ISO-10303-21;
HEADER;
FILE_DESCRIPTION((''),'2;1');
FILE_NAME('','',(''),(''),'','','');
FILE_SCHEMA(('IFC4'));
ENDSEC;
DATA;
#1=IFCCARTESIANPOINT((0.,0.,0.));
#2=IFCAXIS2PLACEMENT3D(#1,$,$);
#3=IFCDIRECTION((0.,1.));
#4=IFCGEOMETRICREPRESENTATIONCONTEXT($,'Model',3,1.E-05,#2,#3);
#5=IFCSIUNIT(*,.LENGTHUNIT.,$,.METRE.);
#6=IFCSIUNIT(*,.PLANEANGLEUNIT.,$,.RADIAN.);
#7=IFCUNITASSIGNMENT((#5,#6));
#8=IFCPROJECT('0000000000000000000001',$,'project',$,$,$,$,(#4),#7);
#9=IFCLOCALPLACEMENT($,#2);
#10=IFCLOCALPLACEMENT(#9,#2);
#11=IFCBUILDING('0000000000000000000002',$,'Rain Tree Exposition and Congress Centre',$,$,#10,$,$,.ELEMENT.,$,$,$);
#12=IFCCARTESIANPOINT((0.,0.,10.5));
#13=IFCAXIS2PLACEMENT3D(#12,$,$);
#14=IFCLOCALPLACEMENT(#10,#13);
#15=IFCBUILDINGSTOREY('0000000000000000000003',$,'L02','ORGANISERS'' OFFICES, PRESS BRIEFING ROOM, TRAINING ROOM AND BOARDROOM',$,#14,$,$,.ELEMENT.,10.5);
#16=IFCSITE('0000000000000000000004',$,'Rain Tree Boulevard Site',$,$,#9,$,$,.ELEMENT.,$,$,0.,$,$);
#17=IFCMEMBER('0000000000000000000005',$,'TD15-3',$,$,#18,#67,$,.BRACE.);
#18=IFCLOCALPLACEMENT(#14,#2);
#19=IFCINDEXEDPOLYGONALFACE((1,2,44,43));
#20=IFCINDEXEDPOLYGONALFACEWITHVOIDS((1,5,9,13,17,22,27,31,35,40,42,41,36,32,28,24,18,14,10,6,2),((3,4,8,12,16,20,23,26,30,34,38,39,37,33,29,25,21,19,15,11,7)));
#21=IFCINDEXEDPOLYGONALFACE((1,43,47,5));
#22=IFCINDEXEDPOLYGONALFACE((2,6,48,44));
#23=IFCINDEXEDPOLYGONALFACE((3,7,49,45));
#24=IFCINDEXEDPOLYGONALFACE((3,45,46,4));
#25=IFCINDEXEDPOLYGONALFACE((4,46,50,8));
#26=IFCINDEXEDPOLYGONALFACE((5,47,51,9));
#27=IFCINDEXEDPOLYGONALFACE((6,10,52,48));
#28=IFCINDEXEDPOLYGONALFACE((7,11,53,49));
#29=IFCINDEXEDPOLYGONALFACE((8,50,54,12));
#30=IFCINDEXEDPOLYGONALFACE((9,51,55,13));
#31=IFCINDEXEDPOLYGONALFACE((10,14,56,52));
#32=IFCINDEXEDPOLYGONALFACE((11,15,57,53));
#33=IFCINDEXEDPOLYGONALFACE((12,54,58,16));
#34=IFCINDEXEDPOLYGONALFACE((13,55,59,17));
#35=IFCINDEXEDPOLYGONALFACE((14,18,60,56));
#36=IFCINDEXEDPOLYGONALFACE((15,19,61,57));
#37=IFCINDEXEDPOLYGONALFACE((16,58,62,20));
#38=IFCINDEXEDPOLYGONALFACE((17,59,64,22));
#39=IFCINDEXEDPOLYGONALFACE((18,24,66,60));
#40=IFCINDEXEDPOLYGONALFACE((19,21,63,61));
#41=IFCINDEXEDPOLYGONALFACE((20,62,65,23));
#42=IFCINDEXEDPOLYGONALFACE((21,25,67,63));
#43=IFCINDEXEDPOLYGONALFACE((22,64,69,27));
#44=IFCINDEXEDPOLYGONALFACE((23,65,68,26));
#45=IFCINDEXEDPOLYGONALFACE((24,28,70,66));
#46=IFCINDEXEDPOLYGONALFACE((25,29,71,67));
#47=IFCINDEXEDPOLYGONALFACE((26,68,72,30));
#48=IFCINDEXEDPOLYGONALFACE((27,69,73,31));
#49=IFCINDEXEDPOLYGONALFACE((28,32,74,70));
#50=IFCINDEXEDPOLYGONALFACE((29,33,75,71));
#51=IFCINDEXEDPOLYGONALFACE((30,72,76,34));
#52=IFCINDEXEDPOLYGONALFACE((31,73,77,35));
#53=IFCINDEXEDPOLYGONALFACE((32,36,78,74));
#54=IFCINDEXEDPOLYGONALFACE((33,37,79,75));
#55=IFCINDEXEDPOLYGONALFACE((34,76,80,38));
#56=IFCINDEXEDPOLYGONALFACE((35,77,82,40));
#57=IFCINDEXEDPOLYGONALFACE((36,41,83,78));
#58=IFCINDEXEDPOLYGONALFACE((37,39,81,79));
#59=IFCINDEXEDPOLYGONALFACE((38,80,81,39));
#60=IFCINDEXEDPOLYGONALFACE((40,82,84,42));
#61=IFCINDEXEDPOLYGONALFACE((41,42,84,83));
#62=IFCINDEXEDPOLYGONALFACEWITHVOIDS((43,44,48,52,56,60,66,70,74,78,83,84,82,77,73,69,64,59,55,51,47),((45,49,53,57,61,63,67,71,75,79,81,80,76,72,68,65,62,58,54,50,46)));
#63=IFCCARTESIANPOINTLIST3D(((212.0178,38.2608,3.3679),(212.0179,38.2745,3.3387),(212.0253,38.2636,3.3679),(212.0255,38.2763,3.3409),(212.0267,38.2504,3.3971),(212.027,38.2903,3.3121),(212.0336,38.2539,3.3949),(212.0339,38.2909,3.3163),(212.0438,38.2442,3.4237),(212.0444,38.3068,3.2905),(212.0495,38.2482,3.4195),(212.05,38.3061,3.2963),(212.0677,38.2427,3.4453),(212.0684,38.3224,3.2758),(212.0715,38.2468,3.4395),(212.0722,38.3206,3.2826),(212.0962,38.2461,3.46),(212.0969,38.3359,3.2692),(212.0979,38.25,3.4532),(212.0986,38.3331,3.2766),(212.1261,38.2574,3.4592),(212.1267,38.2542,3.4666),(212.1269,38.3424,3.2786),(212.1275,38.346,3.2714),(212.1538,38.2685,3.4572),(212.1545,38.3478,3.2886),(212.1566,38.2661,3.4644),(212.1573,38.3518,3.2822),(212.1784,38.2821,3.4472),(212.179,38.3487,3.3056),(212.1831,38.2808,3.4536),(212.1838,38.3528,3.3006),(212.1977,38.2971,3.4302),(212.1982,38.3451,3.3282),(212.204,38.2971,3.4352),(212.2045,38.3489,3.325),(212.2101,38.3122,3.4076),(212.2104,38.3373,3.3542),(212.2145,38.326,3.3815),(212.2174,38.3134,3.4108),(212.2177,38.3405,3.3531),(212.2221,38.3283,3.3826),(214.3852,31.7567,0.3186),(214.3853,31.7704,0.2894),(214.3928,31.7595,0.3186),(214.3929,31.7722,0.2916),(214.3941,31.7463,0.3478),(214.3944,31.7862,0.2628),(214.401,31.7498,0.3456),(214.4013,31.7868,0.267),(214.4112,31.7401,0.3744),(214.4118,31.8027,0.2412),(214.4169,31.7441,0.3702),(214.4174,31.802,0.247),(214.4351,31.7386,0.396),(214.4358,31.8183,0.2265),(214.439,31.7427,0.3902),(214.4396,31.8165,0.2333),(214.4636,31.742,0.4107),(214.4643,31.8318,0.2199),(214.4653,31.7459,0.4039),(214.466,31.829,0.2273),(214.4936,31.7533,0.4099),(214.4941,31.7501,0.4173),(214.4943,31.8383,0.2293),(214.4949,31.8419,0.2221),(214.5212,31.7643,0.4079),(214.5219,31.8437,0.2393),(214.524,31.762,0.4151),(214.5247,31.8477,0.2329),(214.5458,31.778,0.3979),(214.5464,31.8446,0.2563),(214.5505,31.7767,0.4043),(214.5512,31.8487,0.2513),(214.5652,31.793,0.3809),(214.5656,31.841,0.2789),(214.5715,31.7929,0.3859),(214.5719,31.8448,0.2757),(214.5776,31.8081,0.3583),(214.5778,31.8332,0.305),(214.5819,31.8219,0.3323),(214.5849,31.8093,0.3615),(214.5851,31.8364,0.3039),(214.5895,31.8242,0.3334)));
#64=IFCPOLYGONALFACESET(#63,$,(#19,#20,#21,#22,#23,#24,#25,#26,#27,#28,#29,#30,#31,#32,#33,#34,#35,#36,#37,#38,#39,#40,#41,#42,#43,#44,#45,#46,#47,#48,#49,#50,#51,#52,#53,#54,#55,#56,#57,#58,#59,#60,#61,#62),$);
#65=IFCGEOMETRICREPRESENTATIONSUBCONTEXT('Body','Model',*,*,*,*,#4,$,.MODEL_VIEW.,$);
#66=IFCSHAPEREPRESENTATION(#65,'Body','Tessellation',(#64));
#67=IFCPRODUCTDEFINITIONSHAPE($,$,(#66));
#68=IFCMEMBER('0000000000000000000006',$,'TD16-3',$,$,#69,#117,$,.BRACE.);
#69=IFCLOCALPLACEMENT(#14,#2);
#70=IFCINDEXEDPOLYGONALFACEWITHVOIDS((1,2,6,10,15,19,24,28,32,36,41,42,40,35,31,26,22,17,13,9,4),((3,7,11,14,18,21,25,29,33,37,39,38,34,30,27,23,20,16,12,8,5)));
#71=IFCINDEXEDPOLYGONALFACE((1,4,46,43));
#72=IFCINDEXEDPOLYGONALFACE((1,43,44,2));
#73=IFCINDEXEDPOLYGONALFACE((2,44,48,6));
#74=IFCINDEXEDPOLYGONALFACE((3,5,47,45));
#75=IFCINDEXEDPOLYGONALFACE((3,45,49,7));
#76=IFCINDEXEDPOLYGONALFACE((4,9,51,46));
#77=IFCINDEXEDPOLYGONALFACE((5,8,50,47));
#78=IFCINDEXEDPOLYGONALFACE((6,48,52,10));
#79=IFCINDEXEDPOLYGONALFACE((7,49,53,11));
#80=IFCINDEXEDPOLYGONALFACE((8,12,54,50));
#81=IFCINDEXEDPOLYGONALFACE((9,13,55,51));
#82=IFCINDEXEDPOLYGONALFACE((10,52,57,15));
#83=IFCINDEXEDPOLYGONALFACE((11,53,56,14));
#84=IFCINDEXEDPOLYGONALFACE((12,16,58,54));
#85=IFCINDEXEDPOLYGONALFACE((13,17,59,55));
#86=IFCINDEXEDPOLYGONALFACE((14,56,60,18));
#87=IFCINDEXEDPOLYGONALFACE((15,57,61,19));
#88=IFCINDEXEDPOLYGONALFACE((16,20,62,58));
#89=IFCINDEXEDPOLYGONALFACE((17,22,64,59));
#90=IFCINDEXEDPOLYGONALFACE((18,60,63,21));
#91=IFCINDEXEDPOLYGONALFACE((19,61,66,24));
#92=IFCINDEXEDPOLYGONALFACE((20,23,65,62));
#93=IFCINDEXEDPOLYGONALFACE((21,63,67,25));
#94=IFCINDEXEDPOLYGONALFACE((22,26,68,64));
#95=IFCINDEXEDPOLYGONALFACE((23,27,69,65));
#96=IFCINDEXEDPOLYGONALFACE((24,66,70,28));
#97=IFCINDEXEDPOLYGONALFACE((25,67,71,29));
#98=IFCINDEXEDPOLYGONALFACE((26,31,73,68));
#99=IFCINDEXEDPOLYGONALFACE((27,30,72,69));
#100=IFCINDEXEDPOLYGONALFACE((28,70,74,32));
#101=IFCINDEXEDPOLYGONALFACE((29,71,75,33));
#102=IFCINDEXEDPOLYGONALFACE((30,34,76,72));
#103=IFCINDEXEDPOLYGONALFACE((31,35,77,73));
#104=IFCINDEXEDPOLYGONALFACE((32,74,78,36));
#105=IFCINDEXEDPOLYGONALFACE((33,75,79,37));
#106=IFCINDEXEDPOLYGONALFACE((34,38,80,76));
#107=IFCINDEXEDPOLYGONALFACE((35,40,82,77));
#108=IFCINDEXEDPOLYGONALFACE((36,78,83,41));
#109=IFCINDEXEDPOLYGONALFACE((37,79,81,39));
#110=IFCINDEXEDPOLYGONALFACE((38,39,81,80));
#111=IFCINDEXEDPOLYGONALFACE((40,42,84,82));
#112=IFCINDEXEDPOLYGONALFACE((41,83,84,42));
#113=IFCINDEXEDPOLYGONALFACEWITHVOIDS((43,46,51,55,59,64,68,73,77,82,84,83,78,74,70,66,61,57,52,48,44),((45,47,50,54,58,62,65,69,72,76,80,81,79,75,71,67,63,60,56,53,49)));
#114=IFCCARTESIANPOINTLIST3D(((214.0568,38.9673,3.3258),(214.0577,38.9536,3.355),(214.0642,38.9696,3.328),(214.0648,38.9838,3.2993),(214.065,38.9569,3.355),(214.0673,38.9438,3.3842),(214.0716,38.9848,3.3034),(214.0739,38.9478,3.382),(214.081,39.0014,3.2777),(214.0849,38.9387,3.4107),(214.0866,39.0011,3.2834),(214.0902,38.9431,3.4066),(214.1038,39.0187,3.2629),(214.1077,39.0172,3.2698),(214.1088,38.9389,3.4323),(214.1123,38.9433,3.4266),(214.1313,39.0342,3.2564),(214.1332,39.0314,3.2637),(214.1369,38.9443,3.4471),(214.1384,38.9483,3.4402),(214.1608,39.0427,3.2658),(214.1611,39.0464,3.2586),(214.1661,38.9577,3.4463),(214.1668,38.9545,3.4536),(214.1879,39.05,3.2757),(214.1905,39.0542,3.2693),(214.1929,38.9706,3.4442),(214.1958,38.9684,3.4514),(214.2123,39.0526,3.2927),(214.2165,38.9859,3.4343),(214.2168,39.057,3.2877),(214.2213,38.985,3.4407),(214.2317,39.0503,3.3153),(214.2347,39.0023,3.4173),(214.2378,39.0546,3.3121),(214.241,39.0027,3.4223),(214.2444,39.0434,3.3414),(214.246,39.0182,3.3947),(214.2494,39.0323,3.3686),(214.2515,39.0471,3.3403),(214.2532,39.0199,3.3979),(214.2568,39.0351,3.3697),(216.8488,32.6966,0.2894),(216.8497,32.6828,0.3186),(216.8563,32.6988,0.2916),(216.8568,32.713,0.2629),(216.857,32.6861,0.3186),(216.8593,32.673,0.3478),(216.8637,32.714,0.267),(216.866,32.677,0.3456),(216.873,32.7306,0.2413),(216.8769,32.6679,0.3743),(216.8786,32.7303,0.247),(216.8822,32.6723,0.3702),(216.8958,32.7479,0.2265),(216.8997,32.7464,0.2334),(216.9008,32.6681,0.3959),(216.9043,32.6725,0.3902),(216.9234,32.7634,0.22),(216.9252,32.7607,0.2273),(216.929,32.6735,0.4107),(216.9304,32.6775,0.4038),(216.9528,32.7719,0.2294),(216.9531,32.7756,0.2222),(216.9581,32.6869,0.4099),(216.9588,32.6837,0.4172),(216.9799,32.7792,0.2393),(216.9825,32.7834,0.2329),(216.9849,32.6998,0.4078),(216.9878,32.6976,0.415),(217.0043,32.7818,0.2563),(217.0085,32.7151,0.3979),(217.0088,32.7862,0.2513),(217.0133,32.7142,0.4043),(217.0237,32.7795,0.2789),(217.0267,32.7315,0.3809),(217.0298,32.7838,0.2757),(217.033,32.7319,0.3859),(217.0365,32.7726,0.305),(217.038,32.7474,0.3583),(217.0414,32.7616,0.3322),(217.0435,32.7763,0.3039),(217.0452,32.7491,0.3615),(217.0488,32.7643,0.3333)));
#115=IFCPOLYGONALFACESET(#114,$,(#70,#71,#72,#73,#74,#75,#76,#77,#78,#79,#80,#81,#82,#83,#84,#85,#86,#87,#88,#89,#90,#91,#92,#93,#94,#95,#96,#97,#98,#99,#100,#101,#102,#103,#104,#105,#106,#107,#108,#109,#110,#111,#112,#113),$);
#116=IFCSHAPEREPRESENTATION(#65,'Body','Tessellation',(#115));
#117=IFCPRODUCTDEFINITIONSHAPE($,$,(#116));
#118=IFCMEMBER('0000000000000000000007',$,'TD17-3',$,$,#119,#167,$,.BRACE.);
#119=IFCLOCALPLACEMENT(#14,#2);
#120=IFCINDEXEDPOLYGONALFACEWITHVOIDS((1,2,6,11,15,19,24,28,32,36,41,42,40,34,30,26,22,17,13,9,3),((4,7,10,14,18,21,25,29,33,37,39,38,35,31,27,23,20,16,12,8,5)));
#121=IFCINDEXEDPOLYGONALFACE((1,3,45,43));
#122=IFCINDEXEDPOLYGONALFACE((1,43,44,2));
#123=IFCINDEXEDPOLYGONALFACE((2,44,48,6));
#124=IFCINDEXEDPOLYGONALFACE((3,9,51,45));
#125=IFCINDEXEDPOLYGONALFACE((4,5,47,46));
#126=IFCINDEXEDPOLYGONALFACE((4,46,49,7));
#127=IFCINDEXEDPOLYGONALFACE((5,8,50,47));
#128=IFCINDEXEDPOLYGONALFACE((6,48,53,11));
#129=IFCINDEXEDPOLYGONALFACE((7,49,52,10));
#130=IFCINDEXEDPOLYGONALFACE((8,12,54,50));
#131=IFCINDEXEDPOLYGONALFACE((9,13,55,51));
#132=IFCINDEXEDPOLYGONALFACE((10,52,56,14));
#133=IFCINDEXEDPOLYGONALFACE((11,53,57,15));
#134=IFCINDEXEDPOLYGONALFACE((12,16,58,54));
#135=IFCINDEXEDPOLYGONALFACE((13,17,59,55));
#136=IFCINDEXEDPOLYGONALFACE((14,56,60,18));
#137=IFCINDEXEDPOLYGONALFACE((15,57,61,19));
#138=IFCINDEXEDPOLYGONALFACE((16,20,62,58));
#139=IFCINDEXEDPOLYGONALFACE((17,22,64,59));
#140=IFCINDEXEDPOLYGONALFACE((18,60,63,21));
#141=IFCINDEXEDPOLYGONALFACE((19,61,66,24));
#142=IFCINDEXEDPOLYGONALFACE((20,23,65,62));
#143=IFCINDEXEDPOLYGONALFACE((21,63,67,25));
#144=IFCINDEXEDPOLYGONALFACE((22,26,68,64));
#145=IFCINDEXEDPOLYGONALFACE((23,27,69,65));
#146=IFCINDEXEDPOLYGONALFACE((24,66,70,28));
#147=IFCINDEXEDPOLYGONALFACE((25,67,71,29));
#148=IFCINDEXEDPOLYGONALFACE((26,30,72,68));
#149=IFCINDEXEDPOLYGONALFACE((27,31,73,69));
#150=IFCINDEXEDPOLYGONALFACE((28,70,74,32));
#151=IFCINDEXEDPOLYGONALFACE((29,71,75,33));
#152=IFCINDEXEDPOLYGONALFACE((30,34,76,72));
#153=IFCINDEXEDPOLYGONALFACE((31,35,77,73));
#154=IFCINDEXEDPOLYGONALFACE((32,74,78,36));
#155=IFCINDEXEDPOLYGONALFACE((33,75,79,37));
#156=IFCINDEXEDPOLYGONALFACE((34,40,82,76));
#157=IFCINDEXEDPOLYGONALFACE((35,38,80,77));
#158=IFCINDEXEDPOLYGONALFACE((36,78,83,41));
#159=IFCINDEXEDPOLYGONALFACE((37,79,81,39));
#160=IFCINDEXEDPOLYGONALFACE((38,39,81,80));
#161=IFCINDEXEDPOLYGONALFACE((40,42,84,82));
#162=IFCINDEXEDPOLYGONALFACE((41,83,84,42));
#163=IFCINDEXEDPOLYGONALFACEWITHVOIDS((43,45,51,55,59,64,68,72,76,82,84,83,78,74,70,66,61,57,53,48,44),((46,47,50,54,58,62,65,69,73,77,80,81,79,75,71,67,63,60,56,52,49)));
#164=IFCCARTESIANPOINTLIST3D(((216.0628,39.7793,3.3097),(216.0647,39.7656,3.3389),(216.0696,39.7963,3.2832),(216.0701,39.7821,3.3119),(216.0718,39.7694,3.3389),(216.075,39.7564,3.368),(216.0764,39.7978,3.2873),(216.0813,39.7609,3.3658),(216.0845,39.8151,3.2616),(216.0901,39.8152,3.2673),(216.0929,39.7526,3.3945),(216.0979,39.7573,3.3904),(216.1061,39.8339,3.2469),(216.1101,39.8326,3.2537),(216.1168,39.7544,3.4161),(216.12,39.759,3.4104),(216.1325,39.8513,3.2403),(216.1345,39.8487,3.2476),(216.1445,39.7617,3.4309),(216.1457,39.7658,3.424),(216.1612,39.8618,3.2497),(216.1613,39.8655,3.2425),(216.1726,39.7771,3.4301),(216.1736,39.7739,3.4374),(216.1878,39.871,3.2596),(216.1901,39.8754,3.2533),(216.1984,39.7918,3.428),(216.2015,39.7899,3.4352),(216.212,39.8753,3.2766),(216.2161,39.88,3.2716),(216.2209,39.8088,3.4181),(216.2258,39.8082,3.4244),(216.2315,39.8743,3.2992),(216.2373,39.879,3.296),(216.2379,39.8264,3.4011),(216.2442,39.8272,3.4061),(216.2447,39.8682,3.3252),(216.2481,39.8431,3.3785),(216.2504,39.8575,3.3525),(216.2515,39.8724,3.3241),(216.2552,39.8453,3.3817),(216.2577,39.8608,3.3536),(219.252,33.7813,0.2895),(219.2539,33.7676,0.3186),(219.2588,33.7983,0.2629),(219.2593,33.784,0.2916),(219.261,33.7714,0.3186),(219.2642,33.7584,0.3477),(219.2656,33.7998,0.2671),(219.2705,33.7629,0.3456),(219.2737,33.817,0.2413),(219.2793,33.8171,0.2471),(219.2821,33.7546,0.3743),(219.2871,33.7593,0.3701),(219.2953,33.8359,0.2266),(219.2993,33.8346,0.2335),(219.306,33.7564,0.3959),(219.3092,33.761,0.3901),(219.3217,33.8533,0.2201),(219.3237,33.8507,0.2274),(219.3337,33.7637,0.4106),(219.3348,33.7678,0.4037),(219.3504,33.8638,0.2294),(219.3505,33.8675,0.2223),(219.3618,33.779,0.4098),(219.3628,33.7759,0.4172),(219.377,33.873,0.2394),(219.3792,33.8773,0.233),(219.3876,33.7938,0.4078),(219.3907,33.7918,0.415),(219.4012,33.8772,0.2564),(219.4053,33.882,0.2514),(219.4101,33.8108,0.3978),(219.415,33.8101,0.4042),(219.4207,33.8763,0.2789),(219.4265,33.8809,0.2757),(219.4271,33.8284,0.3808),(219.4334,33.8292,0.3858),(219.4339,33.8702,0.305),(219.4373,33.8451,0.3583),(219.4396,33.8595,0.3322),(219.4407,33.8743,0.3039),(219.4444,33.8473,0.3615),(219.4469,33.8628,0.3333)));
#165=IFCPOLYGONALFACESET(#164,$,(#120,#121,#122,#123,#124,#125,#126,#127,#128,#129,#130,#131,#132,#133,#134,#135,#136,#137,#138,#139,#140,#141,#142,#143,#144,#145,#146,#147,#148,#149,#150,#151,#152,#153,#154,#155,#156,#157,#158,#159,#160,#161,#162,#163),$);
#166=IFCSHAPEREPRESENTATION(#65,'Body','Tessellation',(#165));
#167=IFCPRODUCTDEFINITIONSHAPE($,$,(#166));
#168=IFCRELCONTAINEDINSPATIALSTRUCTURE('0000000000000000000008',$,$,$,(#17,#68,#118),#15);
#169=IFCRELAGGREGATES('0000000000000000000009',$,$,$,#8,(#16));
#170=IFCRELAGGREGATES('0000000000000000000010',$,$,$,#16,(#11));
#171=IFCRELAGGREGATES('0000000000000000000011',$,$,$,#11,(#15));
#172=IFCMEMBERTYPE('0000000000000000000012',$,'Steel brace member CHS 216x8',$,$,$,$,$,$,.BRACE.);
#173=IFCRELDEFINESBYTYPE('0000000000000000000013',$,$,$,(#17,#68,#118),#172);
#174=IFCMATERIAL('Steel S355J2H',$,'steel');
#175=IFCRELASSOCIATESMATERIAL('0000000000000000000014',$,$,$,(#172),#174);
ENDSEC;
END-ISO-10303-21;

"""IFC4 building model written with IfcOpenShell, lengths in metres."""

from ifc_helpers import new_model, si_unit, direction, frame, origin, origin_2d, place, context, subcontext, project, spatial, hollow_circle, extrude, material, material_profile, profile_set, type_object, element, save


model = new_model("IFC4")

# Units and contexts
model_context = context("Model", 3, precision=1e-05, world=origin(), true_north=direction((0.0, 1.0)))
body_context = subcontext(model_context, "Body", "Model", "MODEL_VIEW")
ifc_project = project(units=[si_unit("LENGTHUNIT", "METRE"), si_unit("PLANEANGLEUNIT", "RADIAN")], contexts=[model_context])

# Site, building, storey
site_placement = place(None, origin())
site = spatial("IfcSite", under=ifc_project, at=site_placement, Name="Rain Tree Boulevard Site", CompositionType="ELEMENT", RefElevation=0.0)
building_placement = place(site_placement, origin())
building = spatial("IfcBuilding", under=site, at=building_placement, Name="Rain Tree Exposition and Congress Centre", CompositionType="ELEMENT")
storey_placement = place(building_placement, frame((0.0, 0.0, 10.5)))
storey = spatial("IfcBuildingStorey", under=building, at=storey_placement, Name="L02", Description="ORGANISERS' OFFICES, PRESS BRIEFING ROOM, TRAINING ROOM AND BOARDROOM", CompositionType="ELEMENT", Elevation=10.5)

# Members
ifc_material_1 = material(Name="Steel S355J2H", Category="steel")
ifc_material_profile_1 = material_profile(ifc_material_1, hollow_circle(Radius=0.1082, WallThickness=0.0081, at=origin_2d()), Name="CHS 216x8")
ifc_profile_set_1 = profile_set([ifc_material_profile_1], Name="Steel S355J2H")
member_type_1 = type_object("IfcMemberType", Name="Steel brace member CHS 216x8", PredefinedType="BRACE", material=ifc_profile_set_1)
member_1_placement = place(storey_placement, frame((214.4868, 31.7937, 0.3186), z_axis=(-0.313006, 0.859935, 0.40316), x_axis=(-0.939687, -0.342035, 0.0)))
element("IfcMember", 1, at=member_1_placement, inside=storey, type_object=member_type_1, Name="TD15-3", PredefinedType="BRACE", context=body_context, shape_type="SweptSolid", body=[
    extrude(hollow_circle(Radius=0.1082, WallThickness=0.0081, at=origin_2d()), origin(), (0.0, 0.0, 1.0), 7.5635),
])
member_2_placement = place(storey_placement, frame((216.9485, 32.7268, 0.3186), z_axis=(-0.371978, 0.835453, 0.404537), x_axis=(-0.913541, -0.406746, 0.0)))
element("IfcMember", 2, at=member_2_placement, inside=storey, type_object=member_type_1, Name="TD16-3", PredefinedType="BRACE", context=body_context, shape_type="SweptSolid", body=[
    extrude(hollow_circle(Radius=0.1082, WallThickness=0.0081, at=origin_2d()), origin(), (0.0, 0.0, 1.0), 7.5059),
])
member_3_placement = place(storey_placement, frame((219.3494, 33.8184, 0.3186), z_axis=(-0.428983, 0.806801, 0.406258), x_axis=(-0.882948, -0.469471, 0.0)))
element("IfcMember", 3, at=member_3_placement, inside=storey, type_object=member_type_1, Name="TD17-3", PredefinedType="BRACE", context=body_context, shape_type="SweptSolid", body=[
    extrude(hollow_circle(Radius=0.1082, WallThickness=0.0081, at=origin_2d()), origin(), (0.0, 0.0, 1.0), 7.4343),
])

save(model, "model.ifc")
